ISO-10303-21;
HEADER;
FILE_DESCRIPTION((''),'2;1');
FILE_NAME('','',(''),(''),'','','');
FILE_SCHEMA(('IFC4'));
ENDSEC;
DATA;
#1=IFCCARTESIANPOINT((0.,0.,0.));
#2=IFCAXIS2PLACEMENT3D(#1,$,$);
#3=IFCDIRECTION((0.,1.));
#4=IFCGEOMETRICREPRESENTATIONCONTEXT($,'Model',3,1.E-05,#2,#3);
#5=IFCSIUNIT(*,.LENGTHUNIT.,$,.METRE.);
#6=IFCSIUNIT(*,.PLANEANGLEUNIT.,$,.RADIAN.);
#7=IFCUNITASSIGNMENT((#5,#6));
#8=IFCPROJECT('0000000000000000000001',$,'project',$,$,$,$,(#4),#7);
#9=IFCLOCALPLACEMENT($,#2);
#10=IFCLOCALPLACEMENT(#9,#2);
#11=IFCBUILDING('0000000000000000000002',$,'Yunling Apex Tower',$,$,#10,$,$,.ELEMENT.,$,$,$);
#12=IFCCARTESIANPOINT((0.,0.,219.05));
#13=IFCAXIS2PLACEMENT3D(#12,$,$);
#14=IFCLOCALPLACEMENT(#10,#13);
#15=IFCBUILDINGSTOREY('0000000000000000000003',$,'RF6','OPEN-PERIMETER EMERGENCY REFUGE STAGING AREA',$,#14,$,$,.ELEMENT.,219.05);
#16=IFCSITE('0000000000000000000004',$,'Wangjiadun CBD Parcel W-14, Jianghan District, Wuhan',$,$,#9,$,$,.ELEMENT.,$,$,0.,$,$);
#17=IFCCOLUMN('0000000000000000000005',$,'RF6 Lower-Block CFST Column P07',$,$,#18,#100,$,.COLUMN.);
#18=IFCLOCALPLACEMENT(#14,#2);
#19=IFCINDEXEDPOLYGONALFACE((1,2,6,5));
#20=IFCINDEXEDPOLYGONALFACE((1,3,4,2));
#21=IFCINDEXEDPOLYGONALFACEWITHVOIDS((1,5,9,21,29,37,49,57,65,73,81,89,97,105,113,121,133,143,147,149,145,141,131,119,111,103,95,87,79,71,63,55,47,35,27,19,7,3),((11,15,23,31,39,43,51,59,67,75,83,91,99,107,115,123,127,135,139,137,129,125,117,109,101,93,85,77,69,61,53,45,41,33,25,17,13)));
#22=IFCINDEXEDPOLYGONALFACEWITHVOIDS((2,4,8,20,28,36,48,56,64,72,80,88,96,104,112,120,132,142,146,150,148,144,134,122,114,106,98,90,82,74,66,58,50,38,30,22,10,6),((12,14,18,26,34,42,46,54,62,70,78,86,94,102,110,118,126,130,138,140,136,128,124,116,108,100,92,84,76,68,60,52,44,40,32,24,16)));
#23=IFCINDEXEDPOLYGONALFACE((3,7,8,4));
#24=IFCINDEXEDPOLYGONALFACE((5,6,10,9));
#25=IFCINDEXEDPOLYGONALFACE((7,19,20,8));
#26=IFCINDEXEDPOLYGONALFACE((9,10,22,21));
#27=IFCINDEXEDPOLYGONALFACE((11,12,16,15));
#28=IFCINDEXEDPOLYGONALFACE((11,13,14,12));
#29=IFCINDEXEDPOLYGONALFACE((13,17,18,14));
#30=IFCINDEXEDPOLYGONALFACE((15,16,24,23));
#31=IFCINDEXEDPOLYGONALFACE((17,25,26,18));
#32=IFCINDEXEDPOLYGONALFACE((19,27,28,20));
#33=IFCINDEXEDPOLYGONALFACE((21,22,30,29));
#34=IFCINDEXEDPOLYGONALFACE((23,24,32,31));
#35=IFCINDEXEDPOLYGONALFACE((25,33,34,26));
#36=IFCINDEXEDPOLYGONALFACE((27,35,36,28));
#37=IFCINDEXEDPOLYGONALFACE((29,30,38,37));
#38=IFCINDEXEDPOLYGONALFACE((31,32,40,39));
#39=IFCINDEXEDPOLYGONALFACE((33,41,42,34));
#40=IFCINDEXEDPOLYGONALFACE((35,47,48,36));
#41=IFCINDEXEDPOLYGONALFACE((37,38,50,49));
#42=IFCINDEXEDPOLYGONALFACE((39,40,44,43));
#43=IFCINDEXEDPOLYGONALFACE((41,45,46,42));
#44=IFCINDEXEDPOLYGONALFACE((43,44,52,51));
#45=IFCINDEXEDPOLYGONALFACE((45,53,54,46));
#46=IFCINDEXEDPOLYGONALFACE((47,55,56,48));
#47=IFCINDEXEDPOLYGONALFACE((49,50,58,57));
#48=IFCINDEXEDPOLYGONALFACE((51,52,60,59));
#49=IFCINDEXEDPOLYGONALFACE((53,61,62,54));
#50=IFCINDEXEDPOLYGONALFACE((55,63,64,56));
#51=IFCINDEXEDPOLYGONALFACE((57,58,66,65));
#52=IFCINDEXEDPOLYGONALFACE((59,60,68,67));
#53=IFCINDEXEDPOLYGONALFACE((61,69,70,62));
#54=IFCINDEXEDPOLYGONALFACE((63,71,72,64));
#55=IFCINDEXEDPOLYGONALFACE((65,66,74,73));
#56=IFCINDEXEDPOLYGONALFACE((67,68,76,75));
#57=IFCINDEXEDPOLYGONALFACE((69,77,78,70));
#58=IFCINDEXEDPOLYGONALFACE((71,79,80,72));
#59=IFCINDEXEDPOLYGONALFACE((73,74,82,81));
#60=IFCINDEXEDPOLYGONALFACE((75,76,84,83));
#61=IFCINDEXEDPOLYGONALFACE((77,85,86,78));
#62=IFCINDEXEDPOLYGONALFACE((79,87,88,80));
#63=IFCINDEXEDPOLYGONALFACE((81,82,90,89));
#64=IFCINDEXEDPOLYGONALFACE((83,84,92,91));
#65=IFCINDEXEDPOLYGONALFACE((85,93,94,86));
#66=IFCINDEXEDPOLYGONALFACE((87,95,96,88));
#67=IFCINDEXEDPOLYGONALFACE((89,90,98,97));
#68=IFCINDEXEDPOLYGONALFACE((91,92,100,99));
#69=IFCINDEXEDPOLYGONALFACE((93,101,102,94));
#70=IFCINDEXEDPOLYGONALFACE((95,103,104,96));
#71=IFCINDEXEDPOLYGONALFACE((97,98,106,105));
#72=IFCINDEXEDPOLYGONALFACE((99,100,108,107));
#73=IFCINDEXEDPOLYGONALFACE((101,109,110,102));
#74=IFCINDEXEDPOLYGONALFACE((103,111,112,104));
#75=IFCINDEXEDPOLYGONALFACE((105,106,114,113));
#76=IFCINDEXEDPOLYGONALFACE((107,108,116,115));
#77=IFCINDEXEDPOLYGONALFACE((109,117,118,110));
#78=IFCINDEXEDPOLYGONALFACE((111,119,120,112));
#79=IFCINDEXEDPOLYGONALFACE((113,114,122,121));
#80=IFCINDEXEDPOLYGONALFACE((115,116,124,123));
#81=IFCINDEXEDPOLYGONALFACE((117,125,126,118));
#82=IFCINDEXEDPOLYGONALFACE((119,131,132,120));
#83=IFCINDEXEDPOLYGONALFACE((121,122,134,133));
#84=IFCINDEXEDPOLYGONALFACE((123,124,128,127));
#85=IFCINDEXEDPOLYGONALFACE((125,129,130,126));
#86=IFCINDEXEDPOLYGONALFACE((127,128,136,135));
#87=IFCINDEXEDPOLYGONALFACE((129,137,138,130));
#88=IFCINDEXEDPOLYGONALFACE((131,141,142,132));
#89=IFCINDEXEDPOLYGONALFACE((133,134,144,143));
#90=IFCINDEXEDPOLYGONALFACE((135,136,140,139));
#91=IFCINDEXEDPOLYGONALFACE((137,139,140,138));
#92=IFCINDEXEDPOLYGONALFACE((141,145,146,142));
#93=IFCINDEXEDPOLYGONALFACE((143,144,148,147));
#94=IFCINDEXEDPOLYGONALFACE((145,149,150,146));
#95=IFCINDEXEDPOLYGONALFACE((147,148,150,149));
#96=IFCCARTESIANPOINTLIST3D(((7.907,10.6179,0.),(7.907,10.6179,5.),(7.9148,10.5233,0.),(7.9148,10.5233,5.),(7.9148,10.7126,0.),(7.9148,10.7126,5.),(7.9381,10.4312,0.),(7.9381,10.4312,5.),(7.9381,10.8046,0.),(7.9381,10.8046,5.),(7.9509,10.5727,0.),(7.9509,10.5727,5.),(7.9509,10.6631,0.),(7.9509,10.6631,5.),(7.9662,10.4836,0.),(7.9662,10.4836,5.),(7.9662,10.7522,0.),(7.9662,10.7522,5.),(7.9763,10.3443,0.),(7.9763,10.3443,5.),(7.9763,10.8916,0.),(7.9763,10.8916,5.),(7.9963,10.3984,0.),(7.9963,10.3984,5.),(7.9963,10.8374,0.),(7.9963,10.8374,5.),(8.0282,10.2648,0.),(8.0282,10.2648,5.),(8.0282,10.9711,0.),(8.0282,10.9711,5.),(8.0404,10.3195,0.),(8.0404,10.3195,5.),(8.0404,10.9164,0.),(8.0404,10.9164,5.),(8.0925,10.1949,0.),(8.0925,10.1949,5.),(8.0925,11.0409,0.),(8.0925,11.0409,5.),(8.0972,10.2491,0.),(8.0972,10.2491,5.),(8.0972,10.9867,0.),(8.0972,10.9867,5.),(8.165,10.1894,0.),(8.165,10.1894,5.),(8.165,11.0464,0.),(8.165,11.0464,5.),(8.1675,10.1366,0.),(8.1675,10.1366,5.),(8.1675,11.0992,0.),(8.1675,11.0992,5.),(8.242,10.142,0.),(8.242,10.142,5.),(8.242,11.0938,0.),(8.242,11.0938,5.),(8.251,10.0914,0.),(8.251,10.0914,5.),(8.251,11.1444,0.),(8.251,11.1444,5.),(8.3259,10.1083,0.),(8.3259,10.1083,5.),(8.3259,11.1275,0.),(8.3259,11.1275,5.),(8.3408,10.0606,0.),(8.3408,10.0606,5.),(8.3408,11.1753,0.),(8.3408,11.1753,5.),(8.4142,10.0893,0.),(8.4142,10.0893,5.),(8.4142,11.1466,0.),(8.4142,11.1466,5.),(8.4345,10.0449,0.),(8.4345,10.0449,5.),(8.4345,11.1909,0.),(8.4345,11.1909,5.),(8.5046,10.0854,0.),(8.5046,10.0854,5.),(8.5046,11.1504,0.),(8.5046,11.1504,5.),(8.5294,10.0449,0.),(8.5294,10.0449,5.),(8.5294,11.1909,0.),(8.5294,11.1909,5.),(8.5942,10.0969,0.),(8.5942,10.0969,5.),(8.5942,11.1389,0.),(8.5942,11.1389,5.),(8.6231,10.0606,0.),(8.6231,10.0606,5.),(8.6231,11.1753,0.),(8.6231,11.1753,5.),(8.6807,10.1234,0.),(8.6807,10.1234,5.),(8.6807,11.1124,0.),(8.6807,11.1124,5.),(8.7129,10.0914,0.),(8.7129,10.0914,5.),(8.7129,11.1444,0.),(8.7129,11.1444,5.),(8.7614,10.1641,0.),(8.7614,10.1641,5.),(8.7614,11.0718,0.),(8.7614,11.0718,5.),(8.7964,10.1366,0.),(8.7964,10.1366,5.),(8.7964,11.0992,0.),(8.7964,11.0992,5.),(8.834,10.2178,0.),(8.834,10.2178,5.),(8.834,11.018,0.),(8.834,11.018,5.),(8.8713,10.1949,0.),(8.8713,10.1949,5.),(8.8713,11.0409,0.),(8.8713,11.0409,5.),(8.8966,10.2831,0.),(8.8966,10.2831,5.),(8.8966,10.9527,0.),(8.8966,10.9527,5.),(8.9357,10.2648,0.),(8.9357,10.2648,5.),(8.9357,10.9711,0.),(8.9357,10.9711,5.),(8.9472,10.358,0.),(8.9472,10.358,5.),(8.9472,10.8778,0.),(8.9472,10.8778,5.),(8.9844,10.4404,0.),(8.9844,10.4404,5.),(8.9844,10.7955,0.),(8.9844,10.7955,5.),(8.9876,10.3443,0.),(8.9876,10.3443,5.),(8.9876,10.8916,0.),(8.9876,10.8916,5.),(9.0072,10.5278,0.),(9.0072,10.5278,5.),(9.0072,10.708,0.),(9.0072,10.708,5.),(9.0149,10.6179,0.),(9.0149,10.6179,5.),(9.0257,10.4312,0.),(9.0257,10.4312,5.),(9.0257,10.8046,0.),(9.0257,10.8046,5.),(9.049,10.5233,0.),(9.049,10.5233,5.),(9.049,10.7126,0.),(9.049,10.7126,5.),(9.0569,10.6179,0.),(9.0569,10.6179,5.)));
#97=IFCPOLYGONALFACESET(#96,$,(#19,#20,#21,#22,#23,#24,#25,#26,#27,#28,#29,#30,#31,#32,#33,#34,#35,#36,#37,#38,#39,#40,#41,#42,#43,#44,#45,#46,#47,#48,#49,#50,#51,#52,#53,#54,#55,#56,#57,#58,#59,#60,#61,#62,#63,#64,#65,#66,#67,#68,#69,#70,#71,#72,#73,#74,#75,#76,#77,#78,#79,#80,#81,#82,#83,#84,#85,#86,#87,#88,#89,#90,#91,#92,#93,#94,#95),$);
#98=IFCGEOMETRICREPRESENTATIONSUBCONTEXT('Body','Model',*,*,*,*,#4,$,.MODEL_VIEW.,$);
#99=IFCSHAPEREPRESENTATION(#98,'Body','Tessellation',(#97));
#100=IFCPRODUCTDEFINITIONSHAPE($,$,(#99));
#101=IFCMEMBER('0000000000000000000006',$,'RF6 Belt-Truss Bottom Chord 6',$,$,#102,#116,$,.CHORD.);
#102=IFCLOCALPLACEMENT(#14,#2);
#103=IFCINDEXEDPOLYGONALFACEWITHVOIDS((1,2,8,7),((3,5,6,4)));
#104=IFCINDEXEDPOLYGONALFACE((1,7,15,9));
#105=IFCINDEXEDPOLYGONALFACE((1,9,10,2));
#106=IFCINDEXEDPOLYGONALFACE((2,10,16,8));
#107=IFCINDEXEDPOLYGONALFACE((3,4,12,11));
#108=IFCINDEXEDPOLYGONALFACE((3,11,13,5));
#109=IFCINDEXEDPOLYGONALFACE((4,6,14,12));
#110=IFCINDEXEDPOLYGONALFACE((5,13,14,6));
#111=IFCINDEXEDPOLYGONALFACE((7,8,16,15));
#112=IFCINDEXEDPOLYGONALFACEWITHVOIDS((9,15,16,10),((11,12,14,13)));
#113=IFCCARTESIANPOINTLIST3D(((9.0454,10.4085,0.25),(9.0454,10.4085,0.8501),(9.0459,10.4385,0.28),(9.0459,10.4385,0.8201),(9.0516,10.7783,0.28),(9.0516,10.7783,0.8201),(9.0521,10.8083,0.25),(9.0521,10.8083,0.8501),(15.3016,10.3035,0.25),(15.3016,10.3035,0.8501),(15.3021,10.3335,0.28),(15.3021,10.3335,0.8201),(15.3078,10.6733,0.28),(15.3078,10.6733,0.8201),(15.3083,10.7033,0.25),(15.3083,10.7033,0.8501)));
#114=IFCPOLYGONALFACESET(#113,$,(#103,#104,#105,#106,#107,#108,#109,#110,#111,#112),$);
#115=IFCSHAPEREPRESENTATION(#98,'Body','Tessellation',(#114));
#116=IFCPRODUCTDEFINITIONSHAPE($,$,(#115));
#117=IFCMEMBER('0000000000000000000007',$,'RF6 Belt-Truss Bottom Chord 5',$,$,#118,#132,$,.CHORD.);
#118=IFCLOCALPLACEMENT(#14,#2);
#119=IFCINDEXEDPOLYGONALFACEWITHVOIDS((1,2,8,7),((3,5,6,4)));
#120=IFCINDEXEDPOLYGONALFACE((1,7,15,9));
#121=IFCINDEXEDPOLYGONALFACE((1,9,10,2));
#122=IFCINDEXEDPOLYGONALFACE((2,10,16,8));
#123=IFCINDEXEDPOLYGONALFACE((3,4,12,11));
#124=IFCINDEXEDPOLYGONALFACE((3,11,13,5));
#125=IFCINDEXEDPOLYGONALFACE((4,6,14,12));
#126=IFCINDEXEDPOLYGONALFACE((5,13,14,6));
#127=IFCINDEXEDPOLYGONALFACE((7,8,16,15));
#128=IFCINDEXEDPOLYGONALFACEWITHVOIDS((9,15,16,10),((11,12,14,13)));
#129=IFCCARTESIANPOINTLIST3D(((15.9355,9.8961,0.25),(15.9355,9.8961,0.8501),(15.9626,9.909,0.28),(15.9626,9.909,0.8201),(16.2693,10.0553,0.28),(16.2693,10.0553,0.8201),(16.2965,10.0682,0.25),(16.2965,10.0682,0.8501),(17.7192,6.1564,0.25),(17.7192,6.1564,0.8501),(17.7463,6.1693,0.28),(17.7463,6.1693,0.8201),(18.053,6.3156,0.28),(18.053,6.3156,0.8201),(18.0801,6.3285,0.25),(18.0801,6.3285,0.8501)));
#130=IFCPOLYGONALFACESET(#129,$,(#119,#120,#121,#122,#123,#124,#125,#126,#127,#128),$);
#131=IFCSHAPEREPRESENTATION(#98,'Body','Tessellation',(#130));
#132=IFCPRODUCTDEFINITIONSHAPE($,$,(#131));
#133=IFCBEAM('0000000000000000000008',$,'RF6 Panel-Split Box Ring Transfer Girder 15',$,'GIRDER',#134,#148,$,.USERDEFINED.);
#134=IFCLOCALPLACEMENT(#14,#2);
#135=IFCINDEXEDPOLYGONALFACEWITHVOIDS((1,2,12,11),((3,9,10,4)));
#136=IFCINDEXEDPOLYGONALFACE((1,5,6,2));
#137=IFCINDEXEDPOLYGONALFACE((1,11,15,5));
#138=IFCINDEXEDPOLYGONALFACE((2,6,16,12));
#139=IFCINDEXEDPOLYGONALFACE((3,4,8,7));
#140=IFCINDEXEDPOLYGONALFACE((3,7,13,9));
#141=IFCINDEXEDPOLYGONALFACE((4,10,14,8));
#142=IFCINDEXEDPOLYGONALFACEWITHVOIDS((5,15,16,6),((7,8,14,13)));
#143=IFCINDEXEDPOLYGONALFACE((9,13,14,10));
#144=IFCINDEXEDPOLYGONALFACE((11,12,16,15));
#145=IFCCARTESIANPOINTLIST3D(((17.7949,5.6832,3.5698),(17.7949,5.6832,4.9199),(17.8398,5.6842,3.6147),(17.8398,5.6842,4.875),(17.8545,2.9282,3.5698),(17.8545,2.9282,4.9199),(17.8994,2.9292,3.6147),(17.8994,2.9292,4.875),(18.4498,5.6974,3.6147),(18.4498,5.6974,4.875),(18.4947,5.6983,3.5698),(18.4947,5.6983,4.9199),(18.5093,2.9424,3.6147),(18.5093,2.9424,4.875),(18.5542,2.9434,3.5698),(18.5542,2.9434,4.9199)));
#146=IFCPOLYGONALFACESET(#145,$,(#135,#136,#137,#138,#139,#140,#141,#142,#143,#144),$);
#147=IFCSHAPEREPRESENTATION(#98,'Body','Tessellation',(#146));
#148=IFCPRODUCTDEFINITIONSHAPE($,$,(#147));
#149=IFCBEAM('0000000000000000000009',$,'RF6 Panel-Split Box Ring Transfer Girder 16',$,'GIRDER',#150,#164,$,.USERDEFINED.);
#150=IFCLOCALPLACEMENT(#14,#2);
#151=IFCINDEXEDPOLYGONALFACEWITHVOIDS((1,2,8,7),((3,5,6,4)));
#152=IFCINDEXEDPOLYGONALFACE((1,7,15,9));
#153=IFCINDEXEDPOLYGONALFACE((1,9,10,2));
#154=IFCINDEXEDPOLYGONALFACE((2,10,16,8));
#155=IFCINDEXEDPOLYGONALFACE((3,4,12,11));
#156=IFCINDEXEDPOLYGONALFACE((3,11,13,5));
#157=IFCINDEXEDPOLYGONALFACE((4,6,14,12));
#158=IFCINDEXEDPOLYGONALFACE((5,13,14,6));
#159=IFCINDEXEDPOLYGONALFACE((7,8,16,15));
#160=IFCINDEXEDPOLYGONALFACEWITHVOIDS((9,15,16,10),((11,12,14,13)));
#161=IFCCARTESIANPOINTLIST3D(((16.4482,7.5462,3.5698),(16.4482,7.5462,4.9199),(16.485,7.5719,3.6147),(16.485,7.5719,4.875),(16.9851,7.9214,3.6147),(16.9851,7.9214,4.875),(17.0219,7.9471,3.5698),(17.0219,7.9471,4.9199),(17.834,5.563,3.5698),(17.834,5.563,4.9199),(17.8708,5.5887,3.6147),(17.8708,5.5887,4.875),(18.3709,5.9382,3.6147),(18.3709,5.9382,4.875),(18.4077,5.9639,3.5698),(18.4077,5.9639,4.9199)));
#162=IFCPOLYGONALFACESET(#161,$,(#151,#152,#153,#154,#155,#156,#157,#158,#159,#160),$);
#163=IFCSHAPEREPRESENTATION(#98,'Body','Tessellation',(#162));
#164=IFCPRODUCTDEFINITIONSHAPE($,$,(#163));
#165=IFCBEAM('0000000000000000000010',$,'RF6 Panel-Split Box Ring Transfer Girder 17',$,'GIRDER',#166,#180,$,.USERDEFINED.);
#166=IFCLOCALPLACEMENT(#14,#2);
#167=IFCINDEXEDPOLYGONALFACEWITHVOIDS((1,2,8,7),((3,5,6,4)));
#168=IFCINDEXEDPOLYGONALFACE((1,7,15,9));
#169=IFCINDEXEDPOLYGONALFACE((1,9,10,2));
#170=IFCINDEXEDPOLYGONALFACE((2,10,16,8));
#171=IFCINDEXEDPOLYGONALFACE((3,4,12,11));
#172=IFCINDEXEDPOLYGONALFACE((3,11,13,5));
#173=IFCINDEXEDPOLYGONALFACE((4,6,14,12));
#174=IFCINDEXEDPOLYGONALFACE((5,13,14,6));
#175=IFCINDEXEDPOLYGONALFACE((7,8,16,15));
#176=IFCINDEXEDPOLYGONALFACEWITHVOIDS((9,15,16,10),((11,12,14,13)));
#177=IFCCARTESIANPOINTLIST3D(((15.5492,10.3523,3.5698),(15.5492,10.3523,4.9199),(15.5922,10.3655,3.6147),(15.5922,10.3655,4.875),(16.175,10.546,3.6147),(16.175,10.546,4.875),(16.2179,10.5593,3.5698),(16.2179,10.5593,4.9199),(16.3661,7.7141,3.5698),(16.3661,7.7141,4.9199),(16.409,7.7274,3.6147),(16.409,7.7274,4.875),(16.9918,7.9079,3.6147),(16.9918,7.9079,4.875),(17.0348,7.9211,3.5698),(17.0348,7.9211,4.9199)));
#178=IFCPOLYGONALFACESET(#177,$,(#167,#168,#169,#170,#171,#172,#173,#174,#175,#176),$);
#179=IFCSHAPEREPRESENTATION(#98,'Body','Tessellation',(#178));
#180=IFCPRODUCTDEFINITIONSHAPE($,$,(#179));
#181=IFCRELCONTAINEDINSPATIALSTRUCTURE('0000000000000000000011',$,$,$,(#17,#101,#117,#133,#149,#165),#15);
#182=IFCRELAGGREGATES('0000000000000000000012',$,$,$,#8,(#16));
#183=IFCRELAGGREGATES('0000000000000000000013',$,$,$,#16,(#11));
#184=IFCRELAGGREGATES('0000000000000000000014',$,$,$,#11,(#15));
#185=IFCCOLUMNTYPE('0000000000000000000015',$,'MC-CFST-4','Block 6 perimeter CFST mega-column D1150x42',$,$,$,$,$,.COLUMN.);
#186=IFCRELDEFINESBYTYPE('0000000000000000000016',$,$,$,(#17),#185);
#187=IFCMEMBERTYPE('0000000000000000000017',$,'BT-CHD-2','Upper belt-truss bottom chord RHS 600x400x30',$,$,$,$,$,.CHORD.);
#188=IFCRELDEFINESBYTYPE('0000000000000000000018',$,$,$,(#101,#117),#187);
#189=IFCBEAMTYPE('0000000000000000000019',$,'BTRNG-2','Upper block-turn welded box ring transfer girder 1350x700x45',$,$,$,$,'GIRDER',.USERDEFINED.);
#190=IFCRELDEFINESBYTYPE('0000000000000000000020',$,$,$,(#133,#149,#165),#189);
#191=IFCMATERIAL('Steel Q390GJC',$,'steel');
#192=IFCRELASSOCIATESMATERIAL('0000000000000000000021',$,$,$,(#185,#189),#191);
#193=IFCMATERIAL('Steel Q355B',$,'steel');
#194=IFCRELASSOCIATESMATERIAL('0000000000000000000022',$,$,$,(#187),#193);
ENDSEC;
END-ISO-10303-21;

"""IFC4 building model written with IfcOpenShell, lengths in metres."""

from ifc_helpers import new_model, si_unit, direction, frame, origin, origin_2d, place, context, subcontext, project, spatial, hollow_rectangle, hollow_circle, extrude, source, transform, mapped, material, material_profile, profile_set, type_object, element, save


model = new_model("IFC4")

# Units and contexts
model_context = context("Model", 3, precision=1e-05, world=origin(), true_north=direction((0.0, 1.0)))
body_context = subcontext(model_context, "Body", "Model", "MODEL_VIEW")
ifc_project = project(units=[si_unit("LENGTHUNIT", "METRE"), si_unit("PLANEANGLEUNIT", "RADIAN")], contexts=[model_context])

# Site, building, storey
site_placement = place(None, origin())
site = spatial("IfcSite", under=ifc_project, at=site_placement, Name="Wangjiadun CBD Parcel W-14, Jianghan District, Wuhan", CompositionType="ELEMENT", RefElevation=0.0)
building_placement = place(site_placement, origin())
building = spatial("IfcBuilding", under=site, at=building_placement, Name="Yunling Apex Tower", CompositionType="ELEMENT")
storey_placement = place(building_placement, frame((0.0, 0.0, 219.05)))
storey = spatial("IfcBuildingStorey", under=building, at=storey_placement, Name="RF6", Description="OPEN-PERIMETER EMERGENCY REFUGE STAGING AREA", CompositionType="ELEMENT", Elevation=219.05)

# Column
ifc_material_1 = material(Name="Steel Q390GJC", Category="steel")
ifc_material_profile_1 = material_profile(ifc_material_1, hollow_circle(Radius=0.575, WallThickness=0.042, at=origin_2d()))
ifc_profile_set_1 = profile_set([ifc_material_profile_1], Name="Steel Q390GJC")
column_type = type_object("IfcColumnType", Name="MC-CFST-4", Description="Block 6 perimeter CFST mega-column D1150x42", PredefinedType="COLUMN", material=ifc_profile_set_1)
shared_shape_1 = source(origin(), body_context, "Body", "SweptSolid", [
    extrude(hollow_circle(Radius=0.575, WallThickness=0.042, at=origin_2d()), origin(), (0.0, 0.0, 1.0), 5.0),
])
for number, where, z_axis, x_axis, name in (
    (1, (8.4819, 10.6179, 0.0), (0.0, 0.0, 1.0), (1.0, 0.0, 0.0), "RF6 Lower-Block CFST Column P07"),
):
    element("IfcColumn", number, at=place(storey_placement, frame(where, z_axis=z_axis, x_axis=x_axis)), inside=storey, type_object=column_type, Name=name, PredefinedType="COLUMN", context=body_context, shape_type="MappedRepresentation", body=[
        mapped(shared_shape_1, transform((0.0, 0.0, 0.0), scale=1.0)),
    ])

# Members
ifc_material_2 = material(Name="Steel Q355B", Category="steel")
ifc_material_profile_2 = material_profile(ifc_material_2, hollow_rectangle(XDim=0.3999, YDim=0.6001, WallThickness=0.03, at=origin_2d()))
ifc_profile_set_2 = profile_set([ifc_material_profile_2], Name="Steel Q355B")
member_type_1 = type_object("IfcMemberType", Name="BT-CHD-2", Description="Upper belt-truss bottom chord RHS 600x400x30", PredefinedType="CHORD", material=ifc_profile_set_2)
shared_shape_2 = source(origin(), body_context, "Body", "SweptSolid", [
    extrude(hollow_rectangle(XDim=0.3999, YDim=0.6001, WallThickness=0.03, at=origin_2d()), origin(), (0.0, 0.0, 1.0), 6.2571),
])
member_1_placement = place(storey_placement, frame((15.3049, 10.5034, 0.55), z_axis=(-0.999859, 0.016778, 0.0), x_axis=(-0.016778, -0.999859, 0.0)))
element("IfcMember", 2, at=member_1_placement, inside=storey, type_object=member_type_1, Name="RF6 Belt-Truss Bottom Chord 6", PredefinedType="CHORD", context=body_context, shape_type="MappedRepresentation", body=[
    mapped(shared_shape_2, transform((0.0, 0.0, 0.0), scale=1.0)),
])
shared_shape_3 = source(origin(), body_context, "Body", "SweptSolid", [
    extrude(hollow_rectangle(XDim=0.3999, YDim=0.6001, WallThickness=0.03, at=origin_2d()), origin(), (0.0, 0.0, 1.0), 4.1433),
])
member_2_placement = place(storey_placement, frame((17.8997, 6.2424, 0.55), z_axis=(-0.430496, 0.902592, 0.0), x_axis=(-0.902592, -0.430496, 0.0)))
element("IfcMember", 3, at=member_2_placement, inside=storey, type_object=member_type_1, Name="RF6 Belt-Truss Bottom Chord 5", PredefinedType="CHORD", context=body_context, shape_type="MappedRepresentation", body=[
    mapped(shared_shape_3, transform((0.0, 0.0, 0.0), scale=1.0)),
])

# Beams
ifc_material_profile_3 = material_profile(ifc_material_1, hollow_rectangle(XDim=0.7, YDim=1.3501, WallThickness=0.0449, at=origin_2d()))
ifc_profile_set_3 = profile_set([ifc_material_profile_3], Name="Steel Q390GJC")
beam_type = type_object("IfcBeamType", Name="BTRNG-2", Description="Upper block-turn welded box ring transfer girder 1350x700x45", ElementType="GIRDER", PredefinedType="USERDEFINED", material=ifc_profile_set_3)
shared_shape_4 = source(origin(), body_context, "Body", "SweptSolid", [
    extrude(hollow_rectangle(XDim=0.7, YDim=1.3501, WallThickness=0.0449, at=origin_2d()), origin(), (0.0, 0.0, 1.0), 2.7556),
])
beam_1_placement = place(storey_placement, frame((18.2043, 2.9358, 4.2449), z_axis=(-0.021618, 0.999766, 0.0), x_axis=(-0.999766, -0.021618, 0.0)))
element("IfcBeam", 4, at=beam_1_placement, inside=storey, type_object=beam_type, Name="RF6 Panel-Split Box Ring Transfer Girder 15", ObjectType="GIRDER", PredefinedType="USERDEFINED", context=body_context, shape_type="MappedRepresentation", body=[
    mapped(shared_shape_4, transform((0.0, 0.0, 0.0), scale=1.0)),
])
shared_shape_5 = source(origin(), body_context, "Body", "SweptSolid", [
    extrude(hollow_rectangle(XDim=0.7, YDim=1.3501, WallThickness=0.0449, at=origin_2d()), origin(), (0.0, 0.0, 1.0), 2.4194),
])
beam_2_placement = place(storey_placement, frame((18.1208, 5.7634, 4.2449), z_axis=(-0.572778, 0.81971, 0.0), x_axis=(-0.81971, -0.572778, 0.0)))
element("IfcBeam", 5, at=beam_2_placement, inside=storey, type_object=beam_type, Name="RF6 Panel-Split Box Ring Transfer Girder 16", ObjectType="GIRDER", PredefinedType="USERDEFINED", context=body_context, shape_type="MappedRepresentation", body=[
    mapped(shared_shape_5, transform((0.0, 0.0, 0.0), scale=1.0)),
])
shared_shape_6 = source(origin(), body_context, "Body", "SweptSolid", [
    extrude(hollow_rectangle(XDim=0.7, YDim=1.3501, WallThickness=0.0449, at=origin_2d()), origin(), (0.0, 0.0, 1.0), 2.7617),
])
beam_3_placement = place(storey_placement, frame((16.7004, 7.8176, 4.2449), z_axis=(-0.295787, 0.955254, 0.0), x_axis=(-0.955254, -0.295787, 0.0)))
element("IfcBeam", 6, at=beam_3_placement, inside=storey, type_object=beam_type, Name="RF6 Panel-Split Box Ring Transfer Girder 17", ObjectType="GIRDER", PredefinedType="USERDEFINED", context=body_context, shape_type="MappedRepresentation", body=[
    mapped(shared_shape_6, transform((0.0, 0.0, 0.0), scale=1.0)),
])

save(model, "model.ifc")
